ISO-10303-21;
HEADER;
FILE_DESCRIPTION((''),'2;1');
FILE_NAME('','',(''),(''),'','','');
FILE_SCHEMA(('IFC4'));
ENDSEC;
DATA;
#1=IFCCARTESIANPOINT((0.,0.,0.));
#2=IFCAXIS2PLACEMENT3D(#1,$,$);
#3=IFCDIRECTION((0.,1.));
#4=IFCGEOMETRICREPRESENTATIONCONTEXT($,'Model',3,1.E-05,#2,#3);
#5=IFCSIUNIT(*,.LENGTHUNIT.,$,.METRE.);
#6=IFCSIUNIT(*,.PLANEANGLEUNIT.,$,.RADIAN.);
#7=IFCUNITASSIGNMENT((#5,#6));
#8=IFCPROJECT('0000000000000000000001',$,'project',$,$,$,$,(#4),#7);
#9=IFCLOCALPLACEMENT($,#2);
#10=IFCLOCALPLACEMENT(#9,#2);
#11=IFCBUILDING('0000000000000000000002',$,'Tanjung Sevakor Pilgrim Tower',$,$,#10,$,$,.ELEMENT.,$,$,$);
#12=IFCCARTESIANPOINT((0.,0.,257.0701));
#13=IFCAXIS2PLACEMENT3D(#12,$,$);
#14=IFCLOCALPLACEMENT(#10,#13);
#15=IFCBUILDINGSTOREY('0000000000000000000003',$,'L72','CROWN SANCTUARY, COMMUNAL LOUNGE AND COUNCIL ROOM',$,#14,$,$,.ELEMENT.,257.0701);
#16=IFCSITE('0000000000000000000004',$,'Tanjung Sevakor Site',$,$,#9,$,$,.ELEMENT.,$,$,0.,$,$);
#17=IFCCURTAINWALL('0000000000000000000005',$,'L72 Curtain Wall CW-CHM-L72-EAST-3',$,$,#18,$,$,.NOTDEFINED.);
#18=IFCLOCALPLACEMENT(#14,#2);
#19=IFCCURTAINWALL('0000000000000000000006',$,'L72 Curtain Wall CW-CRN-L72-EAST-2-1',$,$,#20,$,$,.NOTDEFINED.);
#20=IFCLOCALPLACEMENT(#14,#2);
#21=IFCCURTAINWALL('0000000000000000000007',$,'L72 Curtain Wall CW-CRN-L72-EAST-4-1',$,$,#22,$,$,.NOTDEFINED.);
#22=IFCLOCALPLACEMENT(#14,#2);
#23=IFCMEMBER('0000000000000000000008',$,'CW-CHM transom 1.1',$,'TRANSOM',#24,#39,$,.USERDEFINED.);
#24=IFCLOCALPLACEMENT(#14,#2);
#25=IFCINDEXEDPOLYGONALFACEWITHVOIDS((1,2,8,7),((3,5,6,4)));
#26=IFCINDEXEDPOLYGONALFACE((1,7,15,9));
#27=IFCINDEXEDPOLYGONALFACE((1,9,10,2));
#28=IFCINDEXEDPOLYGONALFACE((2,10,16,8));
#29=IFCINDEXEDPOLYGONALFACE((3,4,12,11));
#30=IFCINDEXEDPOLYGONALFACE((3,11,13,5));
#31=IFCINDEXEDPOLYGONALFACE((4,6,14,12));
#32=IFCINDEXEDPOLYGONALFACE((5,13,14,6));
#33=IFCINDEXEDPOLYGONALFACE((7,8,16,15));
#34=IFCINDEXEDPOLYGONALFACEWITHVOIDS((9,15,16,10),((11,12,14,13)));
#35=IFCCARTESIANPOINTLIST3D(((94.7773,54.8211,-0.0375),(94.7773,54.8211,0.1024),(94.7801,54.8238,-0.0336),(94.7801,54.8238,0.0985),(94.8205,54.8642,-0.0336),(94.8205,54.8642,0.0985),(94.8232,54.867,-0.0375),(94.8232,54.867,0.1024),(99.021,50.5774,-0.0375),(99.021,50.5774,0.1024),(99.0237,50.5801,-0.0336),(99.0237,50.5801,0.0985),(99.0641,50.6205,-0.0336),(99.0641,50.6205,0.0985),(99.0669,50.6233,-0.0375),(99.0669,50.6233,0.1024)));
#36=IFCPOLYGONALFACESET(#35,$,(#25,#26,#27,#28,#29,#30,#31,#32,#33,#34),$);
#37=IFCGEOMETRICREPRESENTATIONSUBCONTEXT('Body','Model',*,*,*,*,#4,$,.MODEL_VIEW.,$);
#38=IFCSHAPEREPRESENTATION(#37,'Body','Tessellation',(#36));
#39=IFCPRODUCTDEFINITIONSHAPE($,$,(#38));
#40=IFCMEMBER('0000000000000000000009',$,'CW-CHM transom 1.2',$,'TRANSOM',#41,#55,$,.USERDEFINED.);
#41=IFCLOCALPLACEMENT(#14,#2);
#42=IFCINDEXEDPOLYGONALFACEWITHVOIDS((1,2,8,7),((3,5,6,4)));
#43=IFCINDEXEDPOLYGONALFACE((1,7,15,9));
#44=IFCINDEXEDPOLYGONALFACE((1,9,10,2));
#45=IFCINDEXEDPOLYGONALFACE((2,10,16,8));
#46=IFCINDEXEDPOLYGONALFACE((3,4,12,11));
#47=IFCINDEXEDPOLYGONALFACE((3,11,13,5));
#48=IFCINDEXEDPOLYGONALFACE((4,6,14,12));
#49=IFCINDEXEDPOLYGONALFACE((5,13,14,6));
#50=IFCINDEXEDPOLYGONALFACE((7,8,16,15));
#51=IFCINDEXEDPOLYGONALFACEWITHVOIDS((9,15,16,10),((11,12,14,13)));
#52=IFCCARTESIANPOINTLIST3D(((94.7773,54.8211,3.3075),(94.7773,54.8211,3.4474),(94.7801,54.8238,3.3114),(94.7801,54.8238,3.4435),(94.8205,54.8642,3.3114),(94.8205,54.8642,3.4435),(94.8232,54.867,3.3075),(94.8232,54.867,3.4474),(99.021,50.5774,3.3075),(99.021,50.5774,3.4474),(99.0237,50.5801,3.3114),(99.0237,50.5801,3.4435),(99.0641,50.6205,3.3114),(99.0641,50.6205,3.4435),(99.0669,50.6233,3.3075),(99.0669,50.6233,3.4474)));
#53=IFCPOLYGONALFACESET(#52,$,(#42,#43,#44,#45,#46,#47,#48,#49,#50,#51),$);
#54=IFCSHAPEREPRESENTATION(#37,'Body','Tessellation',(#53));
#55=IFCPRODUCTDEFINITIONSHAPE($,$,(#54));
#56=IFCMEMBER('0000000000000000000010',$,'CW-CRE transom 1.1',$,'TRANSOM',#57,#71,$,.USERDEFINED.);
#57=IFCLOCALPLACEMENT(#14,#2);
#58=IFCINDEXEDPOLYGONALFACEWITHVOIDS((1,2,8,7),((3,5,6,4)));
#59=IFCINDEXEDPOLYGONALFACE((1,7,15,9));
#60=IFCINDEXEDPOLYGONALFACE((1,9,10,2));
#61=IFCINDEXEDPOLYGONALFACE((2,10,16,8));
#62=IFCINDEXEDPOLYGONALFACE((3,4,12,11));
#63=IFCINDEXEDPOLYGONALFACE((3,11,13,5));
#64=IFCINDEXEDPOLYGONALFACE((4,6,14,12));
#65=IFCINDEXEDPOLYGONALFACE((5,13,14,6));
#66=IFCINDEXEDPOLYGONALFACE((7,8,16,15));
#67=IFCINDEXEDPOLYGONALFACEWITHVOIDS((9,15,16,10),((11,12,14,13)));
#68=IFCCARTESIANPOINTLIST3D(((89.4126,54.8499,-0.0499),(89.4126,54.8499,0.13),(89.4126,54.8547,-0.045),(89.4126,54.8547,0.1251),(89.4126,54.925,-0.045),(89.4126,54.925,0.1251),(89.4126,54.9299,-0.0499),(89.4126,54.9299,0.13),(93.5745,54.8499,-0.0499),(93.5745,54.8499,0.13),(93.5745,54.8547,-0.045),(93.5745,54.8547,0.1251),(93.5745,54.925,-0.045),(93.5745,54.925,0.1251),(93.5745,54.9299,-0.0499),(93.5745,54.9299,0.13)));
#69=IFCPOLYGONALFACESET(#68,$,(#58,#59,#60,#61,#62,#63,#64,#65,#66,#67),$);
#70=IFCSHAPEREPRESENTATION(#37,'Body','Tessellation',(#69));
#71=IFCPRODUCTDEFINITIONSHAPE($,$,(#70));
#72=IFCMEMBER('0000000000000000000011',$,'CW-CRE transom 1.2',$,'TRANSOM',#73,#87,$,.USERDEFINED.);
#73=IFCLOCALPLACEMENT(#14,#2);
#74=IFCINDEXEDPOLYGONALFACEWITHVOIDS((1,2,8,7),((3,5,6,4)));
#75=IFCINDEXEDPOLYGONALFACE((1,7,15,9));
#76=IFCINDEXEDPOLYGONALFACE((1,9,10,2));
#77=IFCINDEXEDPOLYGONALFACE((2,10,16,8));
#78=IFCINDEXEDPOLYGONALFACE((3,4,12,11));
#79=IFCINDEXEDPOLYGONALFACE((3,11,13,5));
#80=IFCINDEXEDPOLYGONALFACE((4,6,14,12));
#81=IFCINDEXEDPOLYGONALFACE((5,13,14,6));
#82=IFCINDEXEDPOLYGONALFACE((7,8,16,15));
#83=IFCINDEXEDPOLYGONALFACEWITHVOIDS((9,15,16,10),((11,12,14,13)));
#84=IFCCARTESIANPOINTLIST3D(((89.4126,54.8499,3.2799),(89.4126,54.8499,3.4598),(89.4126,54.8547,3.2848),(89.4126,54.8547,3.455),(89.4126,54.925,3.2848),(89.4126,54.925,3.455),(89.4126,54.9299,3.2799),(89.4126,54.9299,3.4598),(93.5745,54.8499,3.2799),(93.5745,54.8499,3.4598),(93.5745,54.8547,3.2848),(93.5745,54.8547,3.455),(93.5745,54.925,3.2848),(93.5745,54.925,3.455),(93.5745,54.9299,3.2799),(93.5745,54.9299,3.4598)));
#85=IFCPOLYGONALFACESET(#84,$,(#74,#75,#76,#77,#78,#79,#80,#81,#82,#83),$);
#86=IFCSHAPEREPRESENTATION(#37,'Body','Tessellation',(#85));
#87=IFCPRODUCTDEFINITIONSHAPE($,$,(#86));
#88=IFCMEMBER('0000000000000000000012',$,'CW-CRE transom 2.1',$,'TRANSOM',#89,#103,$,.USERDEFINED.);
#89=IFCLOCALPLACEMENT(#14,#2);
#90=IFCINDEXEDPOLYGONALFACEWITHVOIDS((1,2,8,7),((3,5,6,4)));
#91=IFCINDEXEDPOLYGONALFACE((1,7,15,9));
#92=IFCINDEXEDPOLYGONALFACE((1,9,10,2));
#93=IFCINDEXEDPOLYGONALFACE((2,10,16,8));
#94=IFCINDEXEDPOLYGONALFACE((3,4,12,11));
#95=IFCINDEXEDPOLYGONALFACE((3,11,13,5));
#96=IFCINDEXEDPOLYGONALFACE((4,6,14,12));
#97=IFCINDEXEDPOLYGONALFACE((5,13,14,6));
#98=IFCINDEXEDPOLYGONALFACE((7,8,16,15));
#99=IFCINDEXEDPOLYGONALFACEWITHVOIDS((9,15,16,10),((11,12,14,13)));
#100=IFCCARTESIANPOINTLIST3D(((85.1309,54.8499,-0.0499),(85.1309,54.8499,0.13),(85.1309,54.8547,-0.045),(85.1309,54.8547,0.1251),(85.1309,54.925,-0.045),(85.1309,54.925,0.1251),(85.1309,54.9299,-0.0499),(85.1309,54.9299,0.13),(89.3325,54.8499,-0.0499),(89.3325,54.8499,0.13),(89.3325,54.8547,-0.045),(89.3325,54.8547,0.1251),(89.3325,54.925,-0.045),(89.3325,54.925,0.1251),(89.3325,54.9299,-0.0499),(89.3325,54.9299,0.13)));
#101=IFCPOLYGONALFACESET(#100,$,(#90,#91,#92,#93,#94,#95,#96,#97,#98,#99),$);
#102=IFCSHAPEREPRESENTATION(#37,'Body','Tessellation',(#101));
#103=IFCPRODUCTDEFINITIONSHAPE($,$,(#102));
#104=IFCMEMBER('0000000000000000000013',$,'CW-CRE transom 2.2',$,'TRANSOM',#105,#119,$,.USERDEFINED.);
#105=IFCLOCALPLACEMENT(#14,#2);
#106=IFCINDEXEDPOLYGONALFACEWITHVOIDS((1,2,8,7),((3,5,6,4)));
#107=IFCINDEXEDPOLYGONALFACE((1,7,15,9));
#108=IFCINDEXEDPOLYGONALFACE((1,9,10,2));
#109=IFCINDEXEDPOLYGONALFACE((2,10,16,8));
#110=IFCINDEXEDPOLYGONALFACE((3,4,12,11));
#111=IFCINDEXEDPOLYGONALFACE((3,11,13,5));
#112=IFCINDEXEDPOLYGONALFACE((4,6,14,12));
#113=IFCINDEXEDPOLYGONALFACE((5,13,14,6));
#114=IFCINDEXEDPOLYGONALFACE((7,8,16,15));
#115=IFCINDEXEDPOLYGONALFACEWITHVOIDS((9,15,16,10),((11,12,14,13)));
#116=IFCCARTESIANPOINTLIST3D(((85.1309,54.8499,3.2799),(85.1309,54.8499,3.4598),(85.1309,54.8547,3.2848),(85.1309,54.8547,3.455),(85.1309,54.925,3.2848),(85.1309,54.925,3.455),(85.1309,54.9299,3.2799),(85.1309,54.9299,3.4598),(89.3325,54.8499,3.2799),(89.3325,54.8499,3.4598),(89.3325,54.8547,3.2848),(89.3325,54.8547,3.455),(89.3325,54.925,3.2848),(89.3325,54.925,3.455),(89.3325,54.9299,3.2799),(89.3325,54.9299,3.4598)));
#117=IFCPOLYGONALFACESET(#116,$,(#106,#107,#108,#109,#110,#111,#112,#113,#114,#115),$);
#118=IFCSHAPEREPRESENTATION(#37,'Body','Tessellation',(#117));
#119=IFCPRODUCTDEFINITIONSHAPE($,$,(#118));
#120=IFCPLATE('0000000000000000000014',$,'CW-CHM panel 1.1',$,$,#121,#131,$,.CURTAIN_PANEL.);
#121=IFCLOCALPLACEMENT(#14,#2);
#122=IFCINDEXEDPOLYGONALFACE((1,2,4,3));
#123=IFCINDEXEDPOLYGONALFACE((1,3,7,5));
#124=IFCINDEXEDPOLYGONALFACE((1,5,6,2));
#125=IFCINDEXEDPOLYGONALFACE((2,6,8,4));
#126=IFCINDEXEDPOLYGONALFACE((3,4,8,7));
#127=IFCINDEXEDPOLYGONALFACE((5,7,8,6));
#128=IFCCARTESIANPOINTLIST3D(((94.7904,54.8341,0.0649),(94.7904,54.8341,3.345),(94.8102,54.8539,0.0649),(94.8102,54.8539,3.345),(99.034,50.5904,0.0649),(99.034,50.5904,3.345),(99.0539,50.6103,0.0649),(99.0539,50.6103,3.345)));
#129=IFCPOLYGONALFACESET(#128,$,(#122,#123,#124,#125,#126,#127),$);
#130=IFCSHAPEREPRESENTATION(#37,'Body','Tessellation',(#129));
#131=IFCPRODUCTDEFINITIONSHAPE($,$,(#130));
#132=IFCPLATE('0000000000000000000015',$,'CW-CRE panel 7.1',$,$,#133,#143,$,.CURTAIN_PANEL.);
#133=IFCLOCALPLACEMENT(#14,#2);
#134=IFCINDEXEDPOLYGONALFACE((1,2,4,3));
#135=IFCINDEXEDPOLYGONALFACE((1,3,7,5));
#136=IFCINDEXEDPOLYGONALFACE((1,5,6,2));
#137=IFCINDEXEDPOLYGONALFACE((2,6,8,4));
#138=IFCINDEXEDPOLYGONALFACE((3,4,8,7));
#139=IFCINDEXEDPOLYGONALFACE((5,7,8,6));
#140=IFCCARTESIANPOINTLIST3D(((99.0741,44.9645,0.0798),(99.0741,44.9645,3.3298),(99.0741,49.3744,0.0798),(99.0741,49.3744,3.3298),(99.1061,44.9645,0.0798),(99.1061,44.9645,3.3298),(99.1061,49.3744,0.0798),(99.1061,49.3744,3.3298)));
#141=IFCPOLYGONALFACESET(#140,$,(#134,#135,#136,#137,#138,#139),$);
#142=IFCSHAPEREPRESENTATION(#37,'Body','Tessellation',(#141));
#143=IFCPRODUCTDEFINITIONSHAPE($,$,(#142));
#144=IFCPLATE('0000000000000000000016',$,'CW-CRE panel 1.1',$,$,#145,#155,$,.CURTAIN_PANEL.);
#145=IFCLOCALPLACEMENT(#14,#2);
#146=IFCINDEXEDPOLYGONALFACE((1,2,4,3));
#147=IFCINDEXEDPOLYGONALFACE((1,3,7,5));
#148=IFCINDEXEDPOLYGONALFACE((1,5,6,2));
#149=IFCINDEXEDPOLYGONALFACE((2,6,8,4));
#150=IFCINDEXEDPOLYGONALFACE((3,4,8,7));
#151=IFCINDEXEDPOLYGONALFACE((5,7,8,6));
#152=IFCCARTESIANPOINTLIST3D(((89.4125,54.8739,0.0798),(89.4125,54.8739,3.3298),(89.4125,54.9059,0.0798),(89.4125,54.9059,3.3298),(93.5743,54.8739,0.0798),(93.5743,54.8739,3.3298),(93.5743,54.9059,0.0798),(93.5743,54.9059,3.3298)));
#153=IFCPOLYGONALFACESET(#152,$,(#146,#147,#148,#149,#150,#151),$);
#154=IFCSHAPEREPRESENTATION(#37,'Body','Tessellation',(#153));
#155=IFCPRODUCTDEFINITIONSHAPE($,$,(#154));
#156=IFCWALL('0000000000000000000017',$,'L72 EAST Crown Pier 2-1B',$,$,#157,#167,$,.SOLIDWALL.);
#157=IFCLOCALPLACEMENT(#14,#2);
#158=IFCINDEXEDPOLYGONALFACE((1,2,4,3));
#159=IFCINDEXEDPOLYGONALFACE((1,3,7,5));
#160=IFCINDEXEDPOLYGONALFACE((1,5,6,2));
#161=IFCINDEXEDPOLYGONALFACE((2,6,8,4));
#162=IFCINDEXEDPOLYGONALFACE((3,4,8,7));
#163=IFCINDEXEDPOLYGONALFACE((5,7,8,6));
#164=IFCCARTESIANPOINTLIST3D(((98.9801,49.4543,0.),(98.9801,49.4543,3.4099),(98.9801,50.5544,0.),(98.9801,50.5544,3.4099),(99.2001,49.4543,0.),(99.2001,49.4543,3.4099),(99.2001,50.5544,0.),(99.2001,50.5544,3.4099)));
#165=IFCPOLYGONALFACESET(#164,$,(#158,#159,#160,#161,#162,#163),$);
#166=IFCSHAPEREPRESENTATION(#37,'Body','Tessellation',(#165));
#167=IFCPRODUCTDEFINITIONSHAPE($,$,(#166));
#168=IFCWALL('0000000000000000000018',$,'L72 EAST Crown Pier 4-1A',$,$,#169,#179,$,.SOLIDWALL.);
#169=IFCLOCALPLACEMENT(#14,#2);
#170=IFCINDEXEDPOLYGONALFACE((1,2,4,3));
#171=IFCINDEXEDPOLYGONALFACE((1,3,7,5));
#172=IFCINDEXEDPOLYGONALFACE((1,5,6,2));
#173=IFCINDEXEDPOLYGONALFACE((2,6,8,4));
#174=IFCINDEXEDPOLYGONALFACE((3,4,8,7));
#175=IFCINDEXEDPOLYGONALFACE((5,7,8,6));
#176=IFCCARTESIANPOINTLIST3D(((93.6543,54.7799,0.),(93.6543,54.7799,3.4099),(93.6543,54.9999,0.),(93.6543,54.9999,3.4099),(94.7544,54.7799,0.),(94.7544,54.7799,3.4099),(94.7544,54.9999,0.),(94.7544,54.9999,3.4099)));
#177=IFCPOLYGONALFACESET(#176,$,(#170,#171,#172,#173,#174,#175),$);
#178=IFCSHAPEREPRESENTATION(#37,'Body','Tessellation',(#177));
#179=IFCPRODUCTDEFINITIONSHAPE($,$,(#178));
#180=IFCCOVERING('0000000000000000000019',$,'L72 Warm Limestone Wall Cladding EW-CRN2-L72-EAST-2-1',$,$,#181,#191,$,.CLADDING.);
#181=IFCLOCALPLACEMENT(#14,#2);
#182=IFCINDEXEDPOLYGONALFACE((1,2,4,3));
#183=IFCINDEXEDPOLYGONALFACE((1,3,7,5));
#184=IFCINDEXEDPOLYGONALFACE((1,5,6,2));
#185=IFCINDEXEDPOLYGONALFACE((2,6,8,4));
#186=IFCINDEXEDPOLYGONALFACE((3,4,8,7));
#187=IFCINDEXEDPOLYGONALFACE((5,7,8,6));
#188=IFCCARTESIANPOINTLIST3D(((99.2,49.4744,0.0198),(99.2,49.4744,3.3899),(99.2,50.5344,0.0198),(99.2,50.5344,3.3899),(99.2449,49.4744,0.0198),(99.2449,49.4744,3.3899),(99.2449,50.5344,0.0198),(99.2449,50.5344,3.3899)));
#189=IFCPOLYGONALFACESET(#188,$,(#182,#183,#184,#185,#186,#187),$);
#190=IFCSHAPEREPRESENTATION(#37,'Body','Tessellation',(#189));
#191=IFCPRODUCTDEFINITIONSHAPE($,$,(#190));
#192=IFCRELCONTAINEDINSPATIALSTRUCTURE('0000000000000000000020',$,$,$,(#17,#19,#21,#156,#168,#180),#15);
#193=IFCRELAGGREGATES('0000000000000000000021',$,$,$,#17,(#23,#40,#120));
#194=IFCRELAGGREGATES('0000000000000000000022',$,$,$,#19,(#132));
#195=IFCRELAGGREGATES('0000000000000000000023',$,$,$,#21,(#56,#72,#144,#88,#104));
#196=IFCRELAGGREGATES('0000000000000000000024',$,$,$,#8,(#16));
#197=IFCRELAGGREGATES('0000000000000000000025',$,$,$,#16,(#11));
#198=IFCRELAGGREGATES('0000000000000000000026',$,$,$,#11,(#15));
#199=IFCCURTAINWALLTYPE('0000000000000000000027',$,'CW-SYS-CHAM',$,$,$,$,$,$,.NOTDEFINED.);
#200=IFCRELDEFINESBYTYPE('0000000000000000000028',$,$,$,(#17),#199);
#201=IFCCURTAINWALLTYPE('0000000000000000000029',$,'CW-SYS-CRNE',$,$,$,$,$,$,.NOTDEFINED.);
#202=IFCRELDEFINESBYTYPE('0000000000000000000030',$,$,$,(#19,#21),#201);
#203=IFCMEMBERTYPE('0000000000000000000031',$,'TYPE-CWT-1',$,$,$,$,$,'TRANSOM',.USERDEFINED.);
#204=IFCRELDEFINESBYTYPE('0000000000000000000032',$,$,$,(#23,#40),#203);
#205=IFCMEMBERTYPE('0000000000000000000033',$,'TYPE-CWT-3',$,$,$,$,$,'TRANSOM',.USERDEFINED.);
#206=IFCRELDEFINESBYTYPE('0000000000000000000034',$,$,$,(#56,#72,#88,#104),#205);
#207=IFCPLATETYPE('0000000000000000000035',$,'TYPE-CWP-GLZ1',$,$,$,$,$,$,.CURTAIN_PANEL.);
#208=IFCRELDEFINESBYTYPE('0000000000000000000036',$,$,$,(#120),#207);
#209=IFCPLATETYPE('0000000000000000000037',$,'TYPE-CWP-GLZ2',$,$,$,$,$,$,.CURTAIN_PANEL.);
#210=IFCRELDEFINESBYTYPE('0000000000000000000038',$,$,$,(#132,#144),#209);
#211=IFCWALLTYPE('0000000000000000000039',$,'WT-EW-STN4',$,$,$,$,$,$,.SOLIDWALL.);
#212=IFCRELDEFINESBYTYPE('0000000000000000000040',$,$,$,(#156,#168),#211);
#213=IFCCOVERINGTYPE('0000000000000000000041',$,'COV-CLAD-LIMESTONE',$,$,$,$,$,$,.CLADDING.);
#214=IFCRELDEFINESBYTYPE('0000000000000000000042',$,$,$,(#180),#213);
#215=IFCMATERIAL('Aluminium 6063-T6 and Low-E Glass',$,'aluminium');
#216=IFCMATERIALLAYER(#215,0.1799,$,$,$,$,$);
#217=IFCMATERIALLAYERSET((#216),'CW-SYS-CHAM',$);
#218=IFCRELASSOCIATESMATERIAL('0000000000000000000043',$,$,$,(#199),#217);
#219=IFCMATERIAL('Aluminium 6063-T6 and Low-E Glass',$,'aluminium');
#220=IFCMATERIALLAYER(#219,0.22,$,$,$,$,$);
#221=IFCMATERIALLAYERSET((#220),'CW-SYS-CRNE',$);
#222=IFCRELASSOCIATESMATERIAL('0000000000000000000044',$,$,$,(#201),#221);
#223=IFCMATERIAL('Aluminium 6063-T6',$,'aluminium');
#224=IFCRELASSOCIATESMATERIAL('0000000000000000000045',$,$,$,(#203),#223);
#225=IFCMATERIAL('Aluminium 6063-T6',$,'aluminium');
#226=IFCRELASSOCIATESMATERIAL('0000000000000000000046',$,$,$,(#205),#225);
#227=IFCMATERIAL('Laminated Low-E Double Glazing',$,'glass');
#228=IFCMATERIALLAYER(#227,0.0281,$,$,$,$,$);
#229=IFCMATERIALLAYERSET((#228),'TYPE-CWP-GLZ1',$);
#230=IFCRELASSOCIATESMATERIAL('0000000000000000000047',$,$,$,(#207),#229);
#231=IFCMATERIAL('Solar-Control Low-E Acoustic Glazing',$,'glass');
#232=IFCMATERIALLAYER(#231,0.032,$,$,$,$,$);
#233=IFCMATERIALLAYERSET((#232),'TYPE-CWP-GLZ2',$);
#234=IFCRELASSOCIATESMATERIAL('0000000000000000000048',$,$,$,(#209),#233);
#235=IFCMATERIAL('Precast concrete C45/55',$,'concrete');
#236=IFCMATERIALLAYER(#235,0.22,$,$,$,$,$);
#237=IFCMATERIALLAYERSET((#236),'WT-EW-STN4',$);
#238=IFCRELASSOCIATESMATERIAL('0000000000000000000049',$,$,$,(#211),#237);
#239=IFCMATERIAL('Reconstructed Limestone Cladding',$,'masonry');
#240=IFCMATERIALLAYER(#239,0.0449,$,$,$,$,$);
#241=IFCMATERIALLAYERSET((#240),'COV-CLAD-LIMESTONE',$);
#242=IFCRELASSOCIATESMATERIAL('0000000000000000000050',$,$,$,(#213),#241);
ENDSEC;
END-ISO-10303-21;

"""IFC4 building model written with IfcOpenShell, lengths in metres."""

from ifc_helpers import new_model, si_unit, direction, frame, frame_2d, origin, origin_2d, place, context, subcontext, project, spatial, rectangle, hollow_rectangle, extrude, material, layer, layer_set, material_profile, profile_set, type_object, element, aggregate, save


model = new_model("IFC4")

# Units and contexts
model_context = context("Model", 3, precision=1e-05, world=origin(), true_north=direction((0.0, 1.0)))
body_context = subcontext(model_context, "Body", "Model", "MODEL_VIEW")
ifc_project = project(units=[si_unit("LENGTHUNIT", "METRE"), si_unit("PLANEANGLEUNIT", "RADIAN")], contexts=[model_context])

# Site, building, storey
site_placement = place(None, origin())
site = spatial("IfcSite", under=ifc_project, at=site_placement, Name="Tanjung Sevakor Site", CompositionType="ELEMENT", RefElevation=0.0)
building_placement = place(site_placement, origin())
building = spatial("IfcBuilding", under=site, at=building_placement, Name="Tanjung Sevakor Pilgrim Tower", CompositionType="ELEMENT")
storey_placement = place(building_placement, frame((0.0, 0.0, 257.0701)))
storey = spatial("IfcBuildingStorey", under=building, at=storey_placement, Name="L72", Description="CROWN SANCTUARY, COMMUNAL LOUNGE AND COUNCIL ROOM", CompositionType="ELEMENT", Elevation=257.0701)

# Curtain wall
ifc_material_1 = material(Name="Aluminium 6063-T6 and Low-E Glass", Category="aluminium")
ifc_layer_1 = layer(ifc_material_1, 0.1799)
ifc_layer_set_1 = layer_set([ifc_layer_1], Name="CW-SYS-CHAM")
curtain_wall_type_1 = type_object("IfcCurtainWallType", Name="CW-SYS-CHAM", PredefinedType="NOTDEFINED", material=ifc_layer_set_1)
curtain_wall_1_placement = place(storey_placement, origin())
curtain_wall_1 = element("IfcCurtainWall", 1, at=curtain_wall_1_placement, inside=storey, type_object=curtain_wall_type_1, Name="L72 Curtain Wall CW-CHM-L72-EAST-3", PredefinedType="NOTDEFINED")

# Curtain wall
ifc_material_2 = material(Name="Aluminium 6063-T6 and Low-E Glass", Category="aluminium")
ifc_layer_2 = layer(ifc_material_2, 0.22)
ifc_layer_set_2 = layer_set([ifc_layer_2], Name="CW-SYS-CRNE")
curtain_wall_type_2 = type_object("IfcCurtainWallType", Name="CW-SYS-CRNE", PredefinedType="NOTDEFINED", material=ifc_layer_set_2)
curtain_wall_2_placement = place(storey_placement, origin())
curtain_wall_2 = element("IfcCurtainWall", 2, at=curtain_wall_2_placement, inside=storey, type_object=curtain_wall_type_2, Name="L72 Curtain Wall CW-CRN-L72-EAST-2-1", PredefinedType="NOTDEFINED")

# Curtain wall
curtain_wall_3_placement = place(storey_placement, origin())
curtain_wall_3 = element("IfcCurtainWall", 3, at=curtain_wall_3_placement, inside=storey, type_object=curtain_wall_type_2, Name="L72 Curtain Wall CW-CRN-L72-EAST-4-1", PredefinedType="NOTDEFINED")

# Members
ifc_material_3 = material(Name="Aluminium 6063-T6", Category="aluminium")
ifc_material_profile_1 = material_profile(ifc_material_3, hollow_rectangle(XDim=0.0649, YDim=0.1399, WallThickness=0.0039, at=origin_2d()))
ifc_profile_set_1 = profile_set([ifc_material_profile_1], Name="Aluminium 6063-T6")
member_type_1 = type_object("IfcMemberType", Name="TYPE-CWT-1", ElementType="TRANSOM", PredefinedType="USERDEFINED", material=ifc_profile_set_1)
member_1_placement = place(storey_placement, frame((99.0439, 50.6003, 0.0325), z_axis=(-0.707107, 0.707107, 0.0), x_axis=(-0.707107, -0.707107, 0.0)))
member_1 = element("IfcMember", 4, at=member_1_placement, type_object=member_type_1, Name="CW-CHM transom 1.1", ObjectType="TRANSOM", PredefinedType="USERDEFINED", context=body_context, shape_type="SweptSolid", body=[
    extrude(hollow_rectangle(XDim=0.0649, YDim=0.1399, WallThickness=0.0039, at=origin_2d()), origin(), (0.0, 0.0, 1.0), 6.0015),
])
member_2_placement = place(storey_placement, frame((99.0439, 50.6003, 3.3774), z_axis=(-0.707107, 0.707107, 0.0), x_axis=(-0.707107, -0.707107, 0.0)))
member_2 = element("IfcMember", 5, at=member_2_placement, type_object=member_type_1, Name="CW-CHM transom 1.2", ObjectType="TRANSOM", PredefinedType="USERDEFINED", context=body_context, shape_type="SweptSolid", body=[
    extrude(hollow_rectangle(XDim=0.0649, YDim=0.1399, WallThickness=0.0039, at=origin_2d()), origin(), (0.0, 0.0, 1.0), 6.0015),
])
ifc_material_4 = material(Name="Aluminium 6063-T6", Category="aluminium")
ifc_material_profile_2 = material_profile(ifc_material_4, hollow_rectangle(XDim=0.0801, YDim=0.1799, WallThickness=0.0049, at=origin_2d()))
ifc_profile_set_2 = profile_set([ifc_material_profile_2], Name="Aluminium 6063-T6")
member_type_2 = type_object("IfcMemberType", Name="TYPE-CWT-3", ElementType="TRANSOM", PredefinedType="USERDEFINED", material=ifc_profile_set_2)
member_3_placement = place(storey_placement, frame((93.5745, 54.8899, 0.04), z_axis=(-1.0, 0.0, 0.0), x_axis=(0.0, -1.0, 0.0)))
member_3 = element("IfcMember", 6, at=member_3_placement, type_object=member_type_2, Name="CW-CRE transom 1.1", ObjectType="TRANSOM", PredefinedType="USERDEFINED", context=body_context, shape_type="SweptSolid", body=[
    extrude(hollow_rectangle(XDim=0.0801, YDim=0.1799, WallThickness=0.0049, at=origin_2d()), origin(), (0.0, 0.0, 1.0), 4.1619),
])
member_4_placement = place(storey_placement, frame((93.5745, 54.8899, 3.3699), z_axis=(-1.0, 0.0, 0.0), x_axis=(0.0, -1.0, 0.0)))
member_4 = element("IfcMember", 7, at=member_4_placement, type_object=member_type_2, Name="CW-CRE transom 1.2", ObjectType="TRANSOM", PredefinedType="USERDEFINED", context=body_context, shape_type="SweptSolid", body=[
    extrude(hollow_rectangle(XDim=0.0801, YDim=0.1799, WallThickness=0.0049, at=origin_2d()), origin(), (0.0, 0.0, 1.0), 4.1619),
])
member_5_placement = place(storey_placement, frame((89.3325, 54.8899, 0.04), z_axis=(-1.0, 0.0, 0.0), x_axis=(0.0, -1.0, 0.0)))
member_5 = element("IfcMember", 8, at=member_5_placement, type_object=member_type_2, Name="CW-CRE transom 2.1", ObjectType="TRANSOM", PredefinedType="USERDEFINED", context=body_context, shape_type="SweptSolid", body=[
    extrude(hollow_rectangle(XDim=0.0801, YDim=0.1799, WallThickness=0.0049, at=origin_2d()), origin(), (0.0, 0.0, 1.0), 4.2017),
])
member_6_placement = place(storey_placement, frame((89.3325, 54.8899, 3.3699), z_axis=(-1.0, 0.0, 0.0), x_axis=(0.0, -1.0, 0.0)))
member_6 = element("IfcMember", 9, at=member_6_placement, type_object=member_type_2, Name="CW-CRE transom 2.2", ObjectType="TRANSOM", PredefinedType="USERDEFINED", context=body_context, shape_type="SweptSolid", body=[
    extrude(hollow_rectangle(XDim=0.0801, YDim=0.1799, WallThickness=0.0049, at=origin_2d()), origin(), (0.0, 0.0, 1.0), 4.2017),
])

# Plates
ifc_material_5 = material(Name="Laminated Low-E Double Glazing", Category="glass")
ifc_layer_3 = layer(ifc_material_5, 0.0281)
ifc_layer_set_3 = layer_set([ifc_layer_3], Name="TYPE-CWP-GLZ1")
plate_type_1 = type_object("IfcPlateType", Name="TYPE-CWP-GLZ1", PredefinedType="CURTAIN_PANEL", material=ifc_layer_set_3)
plate_1_placement = place(storey_placement, frame((96.9221, 52.7222, 0.0649), z_axis=(0.0, 0.0, 1.0), x_axis=(-0.707107, 0.707107, 0.0)))
plate_1 = element("IfcPlate", 10, at=plate_1_placement, type_object=plate_type_1, Name="CW-CHM panel 1.1", PredefinedType="CURTAIN_PANEL", context=body_context, shape_type="SweptSolid", body=[
    extrude(rectangle(XDim=6.0015, YDim=0.0281, at=origin_2d()), origin(), (0.0, 0.0, 1.0), 3.28),
])
aggregate(curtain_wall_1, [member_1, member_2, plate_1])
ifc_material_6 = material(Name="Solar-Control Low-E Acoustic Glazing", Category="glass")
ifc_layer_4 = layer(ifc_material_6, 0.032)
ifc_layer_set_4 = layer_set([ifc_layer_4], Name="TYPE-CWP-GLZ2")
plate_type_2 = type_object("IfcPlateType", Name="TYPE-CWP-GLZ2", PredefinedType="CURTAIN_PANEL", material=ifc_layer_set_4)
plate_2_placement = place(storey_placement, frame((99.0901, 47.1694, 0.0798), z_axis=(0.0, 0.0, 1.0), x_axis=(0.0, 1.0, 0.0)))
plate_2 = element("IfcPlate", 11, at=plate_2_placement, type_object=plate_type_2, Name="CW-CRE panel 7.1", PredefinedType="CURTAIN_PANEL", context=body_context, shape_type="SweptSolid", body=[
    extrude(rectangle(XDim=4.4099, YDim=0.032, at=origin_2d()), origin(), (0.0, 0.0, 1.0), 3.25),
])
aggregate(curtain_wall_2, [plate_2])
plate_3_placement = place(storey_placement, frame((91.4934, 54.8899, 0.0798), z_axis=(0.0, 0.0, 1.0), x_axis=(-1.0, 0.0, 0.0)))
plate_3 = element("IfcPlate", 12, at=plate_3_placement, type_object=plate_type_2, Name="CW-CRE panel 1.1", PredefinedType="CURTAIN_PANEL", context=body_context, shape_type="SweptSolid", body=[
    extrude(rectangle(XDim=4.1619, YDim=0.032, at=origin_2d()), origin(), (0.0, 0.0, 1.0), 3.25),
])
aggregate(curtain_wall_3, [member_3, member_4, plate_3, member_5, member_6])

# Walls
ifc_material_7 = material(Name="Precast concrete C45/55", Category="concrete")
ifc_layer_5 = layer(ifc_material_7, 0.22)
ifc_layer_set_5 = layer_set([ifc_layer_5], Name="WT-EW-STN4")
wall_type_1 = type_object("IfcWallType", Name="WT-EW-STN4", PredefinedType="SOLIDWALL", material=ifc_layer_set_5)
for number, where, z_axis, x_axis, name in (
    (13, (99.0901, 49.4543, 0.0), (0.0, 0.0, 1.0), (0.0, 1.0, 0.0), "L72 EAST Crown Pier 2-1B"),
    (14, (94.7544, 54.8899, 0.0), (0.0, 0.0, 1.0), (-1.0, 0.0, 0.0), "L72 EAST Crown Pier 4-1A"),
):
    element("IfcWall", number, at=place(storey_placement, frame(where, z_axis=z_axis, x_axis=x_axis)), inside=storey, type_object=wall_type_1, Name=name, PredefinedType="SOLIDWALL", context=body_context, shape_type="SweptSolid", body=[
        extrude(rectangle(XDim=1.1001, YDim=0.22, at=frame_2d((0.55, 0.0))), origin(), (0.0, 0.0, 1.0), 3.4099),
    ])

# Covering
ifc_material_8 = material(Name="Reconstructed Limestone Cladding", Category="masonry")
ifc_layer_6 = layer(ifc_material_8, 0.0449)
ifc_layer_set_6 = layer_set([ifc_layer_6], Name="COV-CLAD-LIMESTONE")
covering_type = type_object("IfcCoveringType", Name="COV-CLAD-LIMESTONE", PredefinedType="CLADDING", material=ifc_layer_set_6)
for number, where, z_axis, x_axis, name in (
    (15, (99.2224, 50.0044, 0.0198), (0.0, 0.0, 1.0), (0.0, 1.0, 0.0), "L72 Warm Limestone Wall Cladding EW-CRN2-L72-EAST-2-1"),
):
    element("IfcCovering", number, at=place(storey_placement, frame(where, z_axis=z_axis, x_axis=x_axis)), inside=storey, type_object=covering_type, Name=name, PredefinedType="CLADDING", context=body_context, shape_type="SweptSolid", body=[
        extrude(rectangle(XDim=1.0601, YDim=0.0449, at=origin_2d()), origin(), (0.0, 0.0, 1.0), 3.3701),
    ])

save(model, "model.ifc")
